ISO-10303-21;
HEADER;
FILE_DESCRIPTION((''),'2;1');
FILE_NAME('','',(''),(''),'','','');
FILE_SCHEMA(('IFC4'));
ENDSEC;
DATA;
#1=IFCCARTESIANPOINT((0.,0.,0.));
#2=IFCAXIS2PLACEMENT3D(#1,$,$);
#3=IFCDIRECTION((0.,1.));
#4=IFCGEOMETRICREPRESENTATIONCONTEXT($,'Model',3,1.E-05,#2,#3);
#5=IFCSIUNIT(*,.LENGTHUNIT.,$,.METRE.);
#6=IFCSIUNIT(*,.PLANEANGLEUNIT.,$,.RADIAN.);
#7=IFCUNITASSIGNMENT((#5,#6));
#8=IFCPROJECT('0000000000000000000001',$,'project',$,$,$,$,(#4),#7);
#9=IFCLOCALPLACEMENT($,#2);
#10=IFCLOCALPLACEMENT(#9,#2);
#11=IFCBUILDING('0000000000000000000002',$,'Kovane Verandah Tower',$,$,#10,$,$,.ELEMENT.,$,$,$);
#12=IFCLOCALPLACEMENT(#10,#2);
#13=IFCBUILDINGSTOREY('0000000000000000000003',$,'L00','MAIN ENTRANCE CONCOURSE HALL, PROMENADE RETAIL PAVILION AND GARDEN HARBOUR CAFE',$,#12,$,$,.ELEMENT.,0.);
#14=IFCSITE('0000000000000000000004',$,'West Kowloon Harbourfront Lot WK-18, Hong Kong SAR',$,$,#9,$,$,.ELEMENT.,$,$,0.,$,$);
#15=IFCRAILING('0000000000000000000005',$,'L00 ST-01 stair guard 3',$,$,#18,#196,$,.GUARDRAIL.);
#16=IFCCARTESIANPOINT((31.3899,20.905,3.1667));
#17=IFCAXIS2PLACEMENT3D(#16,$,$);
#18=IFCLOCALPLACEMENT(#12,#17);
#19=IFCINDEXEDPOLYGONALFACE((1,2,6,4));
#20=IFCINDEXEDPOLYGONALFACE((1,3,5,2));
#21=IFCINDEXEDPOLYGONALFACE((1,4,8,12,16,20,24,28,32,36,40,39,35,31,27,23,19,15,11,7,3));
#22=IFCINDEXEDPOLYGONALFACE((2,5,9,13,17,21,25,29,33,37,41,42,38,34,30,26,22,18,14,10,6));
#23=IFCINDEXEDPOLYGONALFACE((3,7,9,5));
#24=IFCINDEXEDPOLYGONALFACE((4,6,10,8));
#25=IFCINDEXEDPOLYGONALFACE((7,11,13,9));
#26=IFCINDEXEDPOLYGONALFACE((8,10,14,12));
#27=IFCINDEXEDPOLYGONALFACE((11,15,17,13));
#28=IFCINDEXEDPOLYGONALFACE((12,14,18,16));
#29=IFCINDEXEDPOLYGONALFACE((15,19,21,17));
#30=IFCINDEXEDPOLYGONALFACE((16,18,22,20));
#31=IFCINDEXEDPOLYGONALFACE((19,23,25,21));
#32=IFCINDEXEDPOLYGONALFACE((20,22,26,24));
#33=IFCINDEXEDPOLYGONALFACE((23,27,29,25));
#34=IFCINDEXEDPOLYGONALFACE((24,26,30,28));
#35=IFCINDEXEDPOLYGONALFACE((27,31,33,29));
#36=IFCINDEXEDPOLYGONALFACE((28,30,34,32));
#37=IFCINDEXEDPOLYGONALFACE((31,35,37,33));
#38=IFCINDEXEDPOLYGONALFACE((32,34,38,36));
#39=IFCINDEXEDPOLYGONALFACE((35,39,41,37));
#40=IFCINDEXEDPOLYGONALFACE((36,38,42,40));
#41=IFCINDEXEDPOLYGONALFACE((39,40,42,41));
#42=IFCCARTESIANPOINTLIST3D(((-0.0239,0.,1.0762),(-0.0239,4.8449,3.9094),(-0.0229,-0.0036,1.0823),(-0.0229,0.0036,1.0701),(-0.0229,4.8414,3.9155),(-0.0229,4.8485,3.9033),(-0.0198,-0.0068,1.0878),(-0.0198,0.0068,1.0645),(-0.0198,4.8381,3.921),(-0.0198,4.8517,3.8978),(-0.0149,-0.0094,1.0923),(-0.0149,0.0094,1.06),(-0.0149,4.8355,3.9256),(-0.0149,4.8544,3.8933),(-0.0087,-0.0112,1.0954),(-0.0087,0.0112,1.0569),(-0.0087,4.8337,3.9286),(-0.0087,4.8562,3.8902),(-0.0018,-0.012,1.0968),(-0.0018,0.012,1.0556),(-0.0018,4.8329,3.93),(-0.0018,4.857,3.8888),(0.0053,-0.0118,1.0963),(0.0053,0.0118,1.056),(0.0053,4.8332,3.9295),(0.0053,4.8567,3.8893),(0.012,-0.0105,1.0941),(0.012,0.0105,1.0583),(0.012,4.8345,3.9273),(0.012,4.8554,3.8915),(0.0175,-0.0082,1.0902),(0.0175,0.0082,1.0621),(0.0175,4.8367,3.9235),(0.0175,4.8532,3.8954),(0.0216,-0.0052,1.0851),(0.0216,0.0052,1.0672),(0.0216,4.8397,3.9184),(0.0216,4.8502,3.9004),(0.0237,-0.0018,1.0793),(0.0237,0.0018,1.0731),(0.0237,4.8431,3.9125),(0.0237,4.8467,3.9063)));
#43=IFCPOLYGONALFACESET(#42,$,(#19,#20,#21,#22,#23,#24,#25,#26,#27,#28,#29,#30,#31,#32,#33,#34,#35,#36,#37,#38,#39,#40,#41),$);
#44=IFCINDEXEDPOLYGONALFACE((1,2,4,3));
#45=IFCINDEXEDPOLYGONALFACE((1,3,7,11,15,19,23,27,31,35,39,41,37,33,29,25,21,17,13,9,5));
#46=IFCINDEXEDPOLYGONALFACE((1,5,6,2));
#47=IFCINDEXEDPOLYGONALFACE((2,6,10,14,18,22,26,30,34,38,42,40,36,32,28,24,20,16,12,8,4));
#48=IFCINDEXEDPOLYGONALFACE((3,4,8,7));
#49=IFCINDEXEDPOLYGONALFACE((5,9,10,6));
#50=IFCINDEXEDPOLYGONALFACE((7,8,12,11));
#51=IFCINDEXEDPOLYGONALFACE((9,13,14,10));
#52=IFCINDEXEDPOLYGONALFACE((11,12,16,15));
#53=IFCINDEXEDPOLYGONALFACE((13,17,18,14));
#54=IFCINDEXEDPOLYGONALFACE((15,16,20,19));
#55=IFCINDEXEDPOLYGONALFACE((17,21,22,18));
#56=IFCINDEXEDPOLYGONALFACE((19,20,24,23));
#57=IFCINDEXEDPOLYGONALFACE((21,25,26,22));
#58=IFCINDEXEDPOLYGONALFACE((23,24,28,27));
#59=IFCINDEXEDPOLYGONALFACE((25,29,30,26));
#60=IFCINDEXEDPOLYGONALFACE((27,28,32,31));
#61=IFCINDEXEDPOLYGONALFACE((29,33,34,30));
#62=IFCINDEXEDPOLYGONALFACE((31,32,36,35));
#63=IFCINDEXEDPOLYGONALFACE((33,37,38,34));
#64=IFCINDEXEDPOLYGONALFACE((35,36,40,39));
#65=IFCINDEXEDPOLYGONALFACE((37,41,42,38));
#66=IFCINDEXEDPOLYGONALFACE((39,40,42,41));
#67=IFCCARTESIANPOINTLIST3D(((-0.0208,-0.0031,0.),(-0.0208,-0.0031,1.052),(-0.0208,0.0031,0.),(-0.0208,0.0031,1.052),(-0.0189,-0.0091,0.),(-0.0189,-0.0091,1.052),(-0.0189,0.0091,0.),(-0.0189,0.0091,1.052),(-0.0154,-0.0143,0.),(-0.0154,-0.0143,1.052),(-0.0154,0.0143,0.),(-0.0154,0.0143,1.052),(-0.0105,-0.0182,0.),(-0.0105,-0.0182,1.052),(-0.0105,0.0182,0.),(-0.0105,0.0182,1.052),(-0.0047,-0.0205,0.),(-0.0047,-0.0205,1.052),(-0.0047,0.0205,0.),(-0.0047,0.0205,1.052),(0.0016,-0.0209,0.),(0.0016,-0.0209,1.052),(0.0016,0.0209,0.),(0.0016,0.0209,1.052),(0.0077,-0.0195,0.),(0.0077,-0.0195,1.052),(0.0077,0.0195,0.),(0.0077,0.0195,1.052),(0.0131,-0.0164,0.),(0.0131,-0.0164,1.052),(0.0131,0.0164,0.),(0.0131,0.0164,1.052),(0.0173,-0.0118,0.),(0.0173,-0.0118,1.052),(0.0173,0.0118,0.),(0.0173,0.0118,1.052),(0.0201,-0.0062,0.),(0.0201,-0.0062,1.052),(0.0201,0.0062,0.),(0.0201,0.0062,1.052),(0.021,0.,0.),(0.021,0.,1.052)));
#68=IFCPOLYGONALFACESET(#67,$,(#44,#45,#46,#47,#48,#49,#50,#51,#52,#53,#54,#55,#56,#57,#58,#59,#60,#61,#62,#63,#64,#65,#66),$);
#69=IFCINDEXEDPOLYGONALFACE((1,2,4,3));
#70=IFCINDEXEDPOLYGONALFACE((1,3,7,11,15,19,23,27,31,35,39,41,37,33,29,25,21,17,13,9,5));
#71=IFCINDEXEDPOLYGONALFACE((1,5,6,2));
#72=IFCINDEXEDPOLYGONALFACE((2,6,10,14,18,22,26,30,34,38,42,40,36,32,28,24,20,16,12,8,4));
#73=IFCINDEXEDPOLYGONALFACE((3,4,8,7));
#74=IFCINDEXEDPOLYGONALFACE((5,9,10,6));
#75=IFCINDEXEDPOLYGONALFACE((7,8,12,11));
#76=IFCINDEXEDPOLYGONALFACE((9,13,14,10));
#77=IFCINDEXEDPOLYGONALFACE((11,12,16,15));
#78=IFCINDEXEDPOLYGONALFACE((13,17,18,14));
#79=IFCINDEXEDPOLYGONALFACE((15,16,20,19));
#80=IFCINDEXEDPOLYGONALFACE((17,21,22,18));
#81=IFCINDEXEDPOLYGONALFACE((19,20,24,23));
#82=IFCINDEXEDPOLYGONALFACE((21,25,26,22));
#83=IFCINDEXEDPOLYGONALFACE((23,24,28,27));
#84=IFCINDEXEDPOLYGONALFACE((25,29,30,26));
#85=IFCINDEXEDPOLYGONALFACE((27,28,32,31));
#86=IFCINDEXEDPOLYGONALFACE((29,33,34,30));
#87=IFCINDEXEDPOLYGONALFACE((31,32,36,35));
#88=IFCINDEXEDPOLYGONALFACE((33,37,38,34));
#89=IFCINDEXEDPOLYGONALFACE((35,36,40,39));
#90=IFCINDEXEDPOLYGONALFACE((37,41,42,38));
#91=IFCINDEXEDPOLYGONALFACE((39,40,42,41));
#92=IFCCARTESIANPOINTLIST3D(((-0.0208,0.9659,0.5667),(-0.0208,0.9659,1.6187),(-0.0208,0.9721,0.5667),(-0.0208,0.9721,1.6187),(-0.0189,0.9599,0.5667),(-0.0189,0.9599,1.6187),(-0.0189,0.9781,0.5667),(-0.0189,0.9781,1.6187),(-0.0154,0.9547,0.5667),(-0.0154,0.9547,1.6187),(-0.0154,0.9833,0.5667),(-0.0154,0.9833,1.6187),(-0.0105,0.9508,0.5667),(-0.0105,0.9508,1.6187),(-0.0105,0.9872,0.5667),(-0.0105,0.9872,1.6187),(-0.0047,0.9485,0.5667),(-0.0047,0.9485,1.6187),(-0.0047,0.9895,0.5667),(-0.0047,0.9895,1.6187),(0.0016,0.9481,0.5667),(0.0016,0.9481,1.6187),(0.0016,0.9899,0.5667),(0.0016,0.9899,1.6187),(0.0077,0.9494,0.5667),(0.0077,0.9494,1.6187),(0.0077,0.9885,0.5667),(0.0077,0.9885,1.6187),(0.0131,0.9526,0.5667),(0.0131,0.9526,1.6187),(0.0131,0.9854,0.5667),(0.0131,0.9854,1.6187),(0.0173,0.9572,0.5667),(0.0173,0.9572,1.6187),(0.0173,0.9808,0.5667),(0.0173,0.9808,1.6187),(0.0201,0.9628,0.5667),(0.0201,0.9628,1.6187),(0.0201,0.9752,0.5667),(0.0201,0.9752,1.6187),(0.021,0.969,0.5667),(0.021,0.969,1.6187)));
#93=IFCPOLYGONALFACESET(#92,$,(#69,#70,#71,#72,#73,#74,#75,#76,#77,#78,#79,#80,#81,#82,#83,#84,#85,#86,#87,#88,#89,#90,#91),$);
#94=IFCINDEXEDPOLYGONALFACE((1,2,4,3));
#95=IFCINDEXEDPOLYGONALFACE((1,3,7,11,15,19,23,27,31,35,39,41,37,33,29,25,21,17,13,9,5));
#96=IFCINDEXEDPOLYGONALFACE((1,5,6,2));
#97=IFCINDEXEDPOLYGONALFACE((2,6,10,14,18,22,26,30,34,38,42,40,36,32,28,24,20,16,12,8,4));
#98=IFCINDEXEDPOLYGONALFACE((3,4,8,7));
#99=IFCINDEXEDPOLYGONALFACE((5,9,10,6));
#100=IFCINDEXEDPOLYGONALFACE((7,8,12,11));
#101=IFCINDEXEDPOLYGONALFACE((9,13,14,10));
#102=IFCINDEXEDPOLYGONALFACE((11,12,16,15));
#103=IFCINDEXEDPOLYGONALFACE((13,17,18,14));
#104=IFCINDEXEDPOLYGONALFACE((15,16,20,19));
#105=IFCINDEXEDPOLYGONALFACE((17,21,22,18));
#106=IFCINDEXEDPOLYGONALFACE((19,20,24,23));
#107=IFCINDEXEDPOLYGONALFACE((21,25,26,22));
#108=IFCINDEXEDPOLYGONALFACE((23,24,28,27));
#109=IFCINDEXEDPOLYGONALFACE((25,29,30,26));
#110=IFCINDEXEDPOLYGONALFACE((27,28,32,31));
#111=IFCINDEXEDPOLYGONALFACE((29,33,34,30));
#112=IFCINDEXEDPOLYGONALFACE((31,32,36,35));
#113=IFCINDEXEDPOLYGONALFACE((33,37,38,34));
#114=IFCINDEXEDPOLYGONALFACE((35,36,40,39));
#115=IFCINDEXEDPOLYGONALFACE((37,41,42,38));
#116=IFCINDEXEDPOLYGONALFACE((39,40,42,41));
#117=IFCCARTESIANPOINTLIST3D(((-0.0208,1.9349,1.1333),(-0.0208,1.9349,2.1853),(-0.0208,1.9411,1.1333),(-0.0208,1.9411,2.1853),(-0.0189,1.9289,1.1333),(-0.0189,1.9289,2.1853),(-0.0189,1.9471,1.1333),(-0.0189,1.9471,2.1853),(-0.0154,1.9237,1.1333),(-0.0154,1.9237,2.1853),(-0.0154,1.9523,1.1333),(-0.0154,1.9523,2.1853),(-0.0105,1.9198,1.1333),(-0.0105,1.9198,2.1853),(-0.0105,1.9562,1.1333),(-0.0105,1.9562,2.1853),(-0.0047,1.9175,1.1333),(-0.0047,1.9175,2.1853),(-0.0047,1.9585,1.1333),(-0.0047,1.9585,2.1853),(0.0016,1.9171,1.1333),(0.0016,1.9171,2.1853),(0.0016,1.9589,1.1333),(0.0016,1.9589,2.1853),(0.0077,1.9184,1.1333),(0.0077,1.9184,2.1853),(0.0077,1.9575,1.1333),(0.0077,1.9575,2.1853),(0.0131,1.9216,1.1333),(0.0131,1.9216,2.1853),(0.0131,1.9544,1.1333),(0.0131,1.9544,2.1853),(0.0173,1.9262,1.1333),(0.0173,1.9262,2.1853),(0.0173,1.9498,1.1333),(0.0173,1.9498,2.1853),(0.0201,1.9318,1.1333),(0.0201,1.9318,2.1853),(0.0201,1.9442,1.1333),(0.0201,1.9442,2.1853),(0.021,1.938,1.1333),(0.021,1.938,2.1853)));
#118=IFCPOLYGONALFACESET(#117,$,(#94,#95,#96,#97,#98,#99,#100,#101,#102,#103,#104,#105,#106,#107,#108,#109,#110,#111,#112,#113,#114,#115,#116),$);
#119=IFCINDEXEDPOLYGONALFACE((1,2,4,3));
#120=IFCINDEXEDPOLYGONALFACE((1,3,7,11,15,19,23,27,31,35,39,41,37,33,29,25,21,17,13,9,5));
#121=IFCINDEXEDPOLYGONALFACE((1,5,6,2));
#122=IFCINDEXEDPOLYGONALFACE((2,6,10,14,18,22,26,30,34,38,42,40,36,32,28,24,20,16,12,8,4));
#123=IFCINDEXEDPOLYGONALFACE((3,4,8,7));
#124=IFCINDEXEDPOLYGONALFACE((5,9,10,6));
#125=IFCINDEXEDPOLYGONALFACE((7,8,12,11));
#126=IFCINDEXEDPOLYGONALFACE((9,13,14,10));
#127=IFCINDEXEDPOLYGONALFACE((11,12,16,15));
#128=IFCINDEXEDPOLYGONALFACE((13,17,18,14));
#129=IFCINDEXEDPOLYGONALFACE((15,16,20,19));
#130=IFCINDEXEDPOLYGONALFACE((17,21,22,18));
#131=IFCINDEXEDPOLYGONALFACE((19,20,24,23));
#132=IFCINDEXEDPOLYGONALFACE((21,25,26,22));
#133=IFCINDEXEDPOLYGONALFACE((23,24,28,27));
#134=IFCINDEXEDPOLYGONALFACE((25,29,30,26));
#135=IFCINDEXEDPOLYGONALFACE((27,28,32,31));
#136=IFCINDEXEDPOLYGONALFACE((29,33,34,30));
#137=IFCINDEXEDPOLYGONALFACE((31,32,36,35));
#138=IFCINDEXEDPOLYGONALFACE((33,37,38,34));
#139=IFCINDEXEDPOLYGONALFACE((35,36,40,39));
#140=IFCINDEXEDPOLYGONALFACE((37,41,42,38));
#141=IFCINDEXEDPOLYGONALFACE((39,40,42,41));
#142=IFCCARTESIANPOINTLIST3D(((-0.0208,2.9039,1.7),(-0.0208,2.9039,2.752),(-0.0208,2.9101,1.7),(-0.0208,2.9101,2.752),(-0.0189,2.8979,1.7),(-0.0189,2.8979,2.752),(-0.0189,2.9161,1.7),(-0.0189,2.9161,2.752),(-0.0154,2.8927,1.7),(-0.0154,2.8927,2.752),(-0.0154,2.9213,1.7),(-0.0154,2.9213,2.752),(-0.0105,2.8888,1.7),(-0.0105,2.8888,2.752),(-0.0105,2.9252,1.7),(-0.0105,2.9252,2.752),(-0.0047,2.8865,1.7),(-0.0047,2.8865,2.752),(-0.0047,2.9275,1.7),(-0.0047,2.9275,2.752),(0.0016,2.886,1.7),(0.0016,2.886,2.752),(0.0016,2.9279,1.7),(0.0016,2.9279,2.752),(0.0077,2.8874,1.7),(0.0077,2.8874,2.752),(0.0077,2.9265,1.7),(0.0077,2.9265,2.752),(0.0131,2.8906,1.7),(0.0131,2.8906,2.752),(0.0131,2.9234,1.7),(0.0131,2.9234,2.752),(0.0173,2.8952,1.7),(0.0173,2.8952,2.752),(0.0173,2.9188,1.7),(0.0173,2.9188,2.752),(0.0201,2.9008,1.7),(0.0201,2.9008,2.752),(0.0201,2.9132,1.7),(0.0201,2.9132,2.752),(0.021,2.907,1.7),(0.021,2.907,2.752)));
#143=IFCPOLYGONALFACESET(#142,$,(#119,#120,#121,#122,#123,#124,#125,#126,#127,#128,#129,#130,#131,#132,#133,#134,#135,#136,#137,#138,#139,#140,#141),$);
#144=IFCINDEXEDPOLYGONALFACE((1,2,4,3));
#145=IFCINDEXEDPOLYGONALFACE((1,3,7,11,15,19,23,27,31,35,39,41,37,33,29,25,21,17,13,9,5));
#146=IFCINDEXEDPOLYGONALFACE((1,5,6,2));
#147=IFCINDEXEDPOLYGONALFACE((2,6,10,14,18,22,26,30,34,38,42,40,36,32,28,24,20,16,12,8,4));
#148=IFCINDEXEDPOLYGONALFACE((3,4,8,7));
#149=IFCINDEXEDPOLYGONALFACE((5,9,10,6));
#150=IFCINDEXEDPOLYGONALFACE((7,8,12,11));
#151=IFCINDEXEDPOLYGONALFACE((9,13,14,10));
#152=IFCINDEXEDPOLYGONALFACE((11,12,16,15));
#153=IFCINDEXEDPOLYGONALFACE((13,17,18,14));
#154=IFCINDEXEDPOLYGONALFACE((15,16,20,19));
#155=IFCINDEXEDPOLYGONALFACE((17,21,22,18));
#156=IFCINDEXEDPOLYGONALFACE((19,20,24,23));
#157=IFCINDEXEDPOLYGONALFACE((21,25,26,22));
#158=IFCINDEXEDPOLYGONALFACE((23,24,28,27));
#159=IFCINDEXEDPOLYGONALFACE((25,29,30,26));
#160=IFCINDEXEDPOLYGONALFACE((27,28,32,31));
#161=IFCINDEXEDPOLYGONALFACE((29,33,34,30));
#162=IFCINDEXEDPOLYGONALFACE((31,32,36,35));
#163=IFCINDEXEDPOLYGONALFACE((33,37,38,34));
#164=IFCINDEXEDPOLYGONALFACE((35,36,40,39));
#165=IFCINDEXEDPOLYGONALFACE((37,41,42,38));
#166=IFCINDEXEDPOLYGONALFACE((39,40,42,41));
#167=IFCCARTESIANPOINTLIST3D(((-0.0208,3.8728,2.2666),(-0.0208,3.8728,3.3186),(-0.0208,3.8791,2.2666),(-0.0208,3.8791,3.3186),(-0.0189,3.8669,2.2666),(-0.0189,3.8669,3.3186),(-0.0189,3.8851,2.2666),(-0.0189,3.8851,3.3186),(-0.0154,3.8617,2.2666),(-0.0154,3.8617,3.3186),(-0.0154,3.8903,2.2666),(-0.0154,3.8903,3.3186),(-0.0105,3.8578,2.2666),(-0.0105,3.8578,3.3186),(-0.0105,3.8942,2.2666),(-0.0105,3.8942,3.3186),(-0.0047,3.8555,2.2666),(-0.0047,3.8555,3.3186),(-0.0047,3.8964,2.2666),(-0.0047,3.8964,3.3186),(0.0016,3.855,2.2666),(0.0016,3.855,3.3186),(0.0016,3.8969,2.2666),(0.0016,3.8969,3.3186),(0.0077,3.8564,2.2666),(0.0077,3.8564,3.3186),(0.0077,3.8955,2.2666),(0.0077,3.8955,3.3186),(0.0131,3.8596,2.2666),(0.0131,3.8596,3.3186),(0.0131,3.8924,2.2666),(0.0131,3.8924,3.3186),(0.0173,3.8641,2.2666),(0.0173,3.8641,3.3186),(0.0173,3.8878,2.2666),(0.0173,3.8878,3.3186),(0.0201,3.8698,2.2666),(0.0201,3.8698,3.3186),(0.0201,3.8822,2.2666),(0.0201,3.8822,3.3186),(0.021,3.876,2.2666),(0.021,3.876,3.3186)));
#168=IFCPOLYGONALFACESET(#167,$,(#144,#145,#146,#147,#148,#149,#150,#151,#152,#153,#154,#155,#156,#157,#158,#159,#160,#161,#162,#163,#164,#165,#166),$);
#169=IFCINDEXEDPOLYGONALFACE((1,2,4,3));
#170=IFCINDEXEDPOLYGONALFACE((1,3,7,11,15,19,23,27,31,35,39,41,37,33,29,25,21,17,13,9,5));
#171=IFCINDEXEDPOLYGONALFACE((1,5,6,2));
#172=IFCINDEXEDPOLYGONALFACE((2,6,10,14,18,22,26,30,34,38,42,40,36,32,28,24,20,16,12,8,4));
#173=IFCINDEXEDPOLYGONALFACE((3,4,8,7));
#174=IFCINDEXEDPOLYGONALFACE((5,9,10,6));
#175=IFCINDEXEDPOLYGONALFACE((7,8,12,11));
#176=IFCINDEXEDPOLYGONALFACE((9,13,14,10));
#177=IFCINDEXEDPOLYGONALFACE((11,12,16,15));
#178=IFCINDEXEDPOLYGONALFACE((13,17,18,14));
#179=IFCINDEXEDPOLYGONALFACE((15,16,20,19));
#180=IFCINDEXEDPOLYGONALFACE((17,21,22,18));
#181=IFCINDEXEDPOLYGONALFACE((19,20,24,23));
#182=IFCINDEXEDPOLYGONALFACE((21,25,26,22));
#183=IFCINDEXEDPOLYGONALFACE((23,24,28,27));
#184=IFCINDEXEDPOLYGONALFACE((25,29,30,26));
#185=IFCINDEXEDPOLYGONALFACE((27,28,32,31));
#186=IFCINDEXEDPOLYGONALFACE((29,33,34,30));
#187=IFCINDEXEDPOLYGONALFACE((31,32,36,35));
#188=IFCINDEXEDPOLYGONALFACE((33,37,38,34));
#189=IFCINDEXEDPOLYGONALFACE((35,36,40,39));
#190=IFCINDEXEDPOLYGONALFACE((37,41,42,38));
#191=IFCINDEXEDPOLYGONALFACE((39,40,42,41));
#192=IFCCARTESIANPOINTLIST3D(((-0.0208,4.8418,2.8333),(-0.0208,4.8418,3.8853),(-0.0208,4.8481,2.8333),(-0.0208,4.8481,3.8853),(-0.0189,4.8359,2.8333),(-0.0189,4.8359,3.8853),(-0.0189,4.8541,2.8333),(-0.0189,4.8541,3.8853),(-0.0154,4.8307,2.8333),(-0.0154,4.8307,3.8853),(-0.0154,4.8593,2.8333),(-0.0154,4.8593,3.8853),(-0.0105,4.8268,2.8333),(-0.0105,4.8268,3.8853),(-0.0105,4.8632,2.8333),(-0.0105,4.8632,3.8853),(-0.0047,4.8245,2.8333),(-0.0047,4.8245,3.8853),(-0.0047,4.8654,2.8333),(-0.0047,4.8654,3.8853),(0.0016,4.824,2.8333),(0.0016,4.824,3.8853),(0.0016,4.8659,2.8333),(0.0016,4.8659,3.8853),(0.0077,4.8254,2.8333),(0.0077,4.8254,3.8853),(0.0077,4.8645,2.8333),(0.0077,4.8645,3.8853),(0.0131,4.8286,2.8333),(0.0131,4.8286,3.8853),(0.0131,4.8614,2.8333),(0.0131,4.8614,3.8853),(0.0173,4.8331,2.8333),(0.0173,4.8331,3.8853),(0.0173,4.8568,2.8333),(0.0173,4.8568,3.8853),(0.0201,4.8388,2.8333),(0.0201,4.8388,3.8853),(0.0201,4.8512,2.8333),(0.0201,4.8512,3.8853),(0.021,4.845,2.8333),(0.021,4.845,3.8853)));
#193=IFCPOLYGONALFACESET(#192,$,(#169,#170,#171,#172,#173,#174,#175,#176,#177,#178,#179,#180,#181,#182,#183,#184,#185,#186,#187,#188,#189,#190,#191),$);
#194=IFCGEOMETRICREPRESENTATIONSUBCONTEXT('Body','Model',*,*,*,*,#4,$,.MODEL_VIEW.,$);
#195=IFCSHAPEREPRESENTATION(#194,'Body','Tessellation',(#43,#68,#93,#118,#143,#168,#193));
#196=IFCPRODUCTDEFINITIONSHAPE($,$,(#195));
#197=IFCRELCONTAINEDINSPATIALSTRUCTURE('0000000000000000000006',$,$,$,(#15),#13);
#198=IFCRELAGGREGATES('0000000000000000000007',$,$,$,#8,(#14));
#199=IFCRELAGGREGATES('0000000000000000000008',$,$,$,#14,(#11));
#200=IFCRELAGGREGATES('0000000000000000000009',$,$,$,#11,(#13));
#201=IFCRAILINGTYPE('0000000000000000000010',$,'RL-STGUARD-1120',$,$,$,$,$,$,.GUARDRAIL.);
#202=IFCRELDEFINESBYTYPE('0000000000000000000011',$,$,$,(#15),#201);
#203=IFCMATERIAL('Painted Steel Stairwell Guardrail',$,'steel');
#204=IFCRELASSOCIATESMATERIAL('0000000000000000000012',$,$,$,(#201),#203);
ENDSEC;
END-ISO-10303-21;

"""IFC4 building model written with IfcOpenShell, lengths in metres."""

from ifc_helpers import new_model, si_unit, direction, frame, origin, origin_2d, place, context, subcontext, project, spatial, circle, extrude, material, type_object, element, save


model = new_model("IFC4")

# Units and contexts
model_context = context("Model", 3, precision=1e-05, world=origin(), true_north=direction((0.0, 1.0)))
body_context = subcontext(model_context, "Body", "Model", "MODEL_VIEW")
ifc_project = project(units=[si_unit("LENGTHUNIT", "METRE"), si_unit("PLANEANGLEUNIT", "RADIAN")], contexts=[model_context])

# Site, building, storey
site_placement = place(None, origin())
site = spatial("IfcSite", under=ifc_project, at=site_placement, Name="West Kowloon Harbourfront Lot WK-18, Hong Kong SAR", CompositionType="ELEMENT", RefElevation=0.0)
building_placement = place(site_placement, origin())
building = spatial("IfcBuilding", under=site, at=building_placement, Name="Kovane Verandah Tower", CompositionType="ELEMENT")
storey_placement = place(building_placement, origin())
storey = spatial("IfcBuildingStorey", under=building, at=storey_placement, Name="L00", Description="MAIN ENTRANCE CONCOURSE HALL, PROMENADE RETAIL PAVILION AND GARDEN HARBOUR CAFE", CompositionType="ELEMENT", Elevation=0.0)

# Railing
ifc_material_1 = material(Name="Painted Steel Stairwell Guardrail", Category="steel")
railing_type_1 = type_object("IfcRailingType", Name="RL-STGUARD-1120", PredefinedType="GUARDRAIL", material=ifc_material_1)
railing_1_placement = place(storey_placement, frame((31.3899, 20.905, 3.1667)))
element("IfcRailing", 1, at=railing_1_placement, inside=storey, type_object=railing_type_1, Name="L00 ST-01 stair guard 3", PredefinedType="GUARDRAIL", context=body_context, shape_type="SweptSolid", body=[
    extrude(circle(Radius=0.0239, at=origin_2d()), frame((0.0, 0.0, 1.0762), z_axis=(0.0, 0.863234, 0.504804), x_axis=(-1.0, 0.0, 0.0)), (0.0, 0.0, 1.0), 5.6125),
    extrude(circle(Radius=0.021, at=origin_2d()), origin(), (0.0, 0.0, 1.0), 1.052),
    extrude(circle(Radius=0.021, at=origin_2d()), frame((0.0, 0.969, 0.5667)), (0.0, 0.0, 1.0), 1.052),
    extrude(circle(Radius=0.021, at=origin_2d()), frame((0.0, 1.938, 1.1333)), (0.0, 0.0, 1.0), 1.052),
    extrude(circle(Radius=0.021, at=origin_2d()), frame((0.0, 2.907, 1.7)), (0.0, 0.0, 1.0), 1.052),
    extrude(circle(Radius=0.021, at=origin_2d()), frame((0.0, 3.876, 2.2666)), (0.0, 0.0, 1.0), 1.052),
    extrude(circle(Radius=0.021, at=origin_2d()), frame((0.0, 4.845, 2.8333)), (0.0, 0.0, 1.0), 1.052),
])

save(model, "model.ifc")
